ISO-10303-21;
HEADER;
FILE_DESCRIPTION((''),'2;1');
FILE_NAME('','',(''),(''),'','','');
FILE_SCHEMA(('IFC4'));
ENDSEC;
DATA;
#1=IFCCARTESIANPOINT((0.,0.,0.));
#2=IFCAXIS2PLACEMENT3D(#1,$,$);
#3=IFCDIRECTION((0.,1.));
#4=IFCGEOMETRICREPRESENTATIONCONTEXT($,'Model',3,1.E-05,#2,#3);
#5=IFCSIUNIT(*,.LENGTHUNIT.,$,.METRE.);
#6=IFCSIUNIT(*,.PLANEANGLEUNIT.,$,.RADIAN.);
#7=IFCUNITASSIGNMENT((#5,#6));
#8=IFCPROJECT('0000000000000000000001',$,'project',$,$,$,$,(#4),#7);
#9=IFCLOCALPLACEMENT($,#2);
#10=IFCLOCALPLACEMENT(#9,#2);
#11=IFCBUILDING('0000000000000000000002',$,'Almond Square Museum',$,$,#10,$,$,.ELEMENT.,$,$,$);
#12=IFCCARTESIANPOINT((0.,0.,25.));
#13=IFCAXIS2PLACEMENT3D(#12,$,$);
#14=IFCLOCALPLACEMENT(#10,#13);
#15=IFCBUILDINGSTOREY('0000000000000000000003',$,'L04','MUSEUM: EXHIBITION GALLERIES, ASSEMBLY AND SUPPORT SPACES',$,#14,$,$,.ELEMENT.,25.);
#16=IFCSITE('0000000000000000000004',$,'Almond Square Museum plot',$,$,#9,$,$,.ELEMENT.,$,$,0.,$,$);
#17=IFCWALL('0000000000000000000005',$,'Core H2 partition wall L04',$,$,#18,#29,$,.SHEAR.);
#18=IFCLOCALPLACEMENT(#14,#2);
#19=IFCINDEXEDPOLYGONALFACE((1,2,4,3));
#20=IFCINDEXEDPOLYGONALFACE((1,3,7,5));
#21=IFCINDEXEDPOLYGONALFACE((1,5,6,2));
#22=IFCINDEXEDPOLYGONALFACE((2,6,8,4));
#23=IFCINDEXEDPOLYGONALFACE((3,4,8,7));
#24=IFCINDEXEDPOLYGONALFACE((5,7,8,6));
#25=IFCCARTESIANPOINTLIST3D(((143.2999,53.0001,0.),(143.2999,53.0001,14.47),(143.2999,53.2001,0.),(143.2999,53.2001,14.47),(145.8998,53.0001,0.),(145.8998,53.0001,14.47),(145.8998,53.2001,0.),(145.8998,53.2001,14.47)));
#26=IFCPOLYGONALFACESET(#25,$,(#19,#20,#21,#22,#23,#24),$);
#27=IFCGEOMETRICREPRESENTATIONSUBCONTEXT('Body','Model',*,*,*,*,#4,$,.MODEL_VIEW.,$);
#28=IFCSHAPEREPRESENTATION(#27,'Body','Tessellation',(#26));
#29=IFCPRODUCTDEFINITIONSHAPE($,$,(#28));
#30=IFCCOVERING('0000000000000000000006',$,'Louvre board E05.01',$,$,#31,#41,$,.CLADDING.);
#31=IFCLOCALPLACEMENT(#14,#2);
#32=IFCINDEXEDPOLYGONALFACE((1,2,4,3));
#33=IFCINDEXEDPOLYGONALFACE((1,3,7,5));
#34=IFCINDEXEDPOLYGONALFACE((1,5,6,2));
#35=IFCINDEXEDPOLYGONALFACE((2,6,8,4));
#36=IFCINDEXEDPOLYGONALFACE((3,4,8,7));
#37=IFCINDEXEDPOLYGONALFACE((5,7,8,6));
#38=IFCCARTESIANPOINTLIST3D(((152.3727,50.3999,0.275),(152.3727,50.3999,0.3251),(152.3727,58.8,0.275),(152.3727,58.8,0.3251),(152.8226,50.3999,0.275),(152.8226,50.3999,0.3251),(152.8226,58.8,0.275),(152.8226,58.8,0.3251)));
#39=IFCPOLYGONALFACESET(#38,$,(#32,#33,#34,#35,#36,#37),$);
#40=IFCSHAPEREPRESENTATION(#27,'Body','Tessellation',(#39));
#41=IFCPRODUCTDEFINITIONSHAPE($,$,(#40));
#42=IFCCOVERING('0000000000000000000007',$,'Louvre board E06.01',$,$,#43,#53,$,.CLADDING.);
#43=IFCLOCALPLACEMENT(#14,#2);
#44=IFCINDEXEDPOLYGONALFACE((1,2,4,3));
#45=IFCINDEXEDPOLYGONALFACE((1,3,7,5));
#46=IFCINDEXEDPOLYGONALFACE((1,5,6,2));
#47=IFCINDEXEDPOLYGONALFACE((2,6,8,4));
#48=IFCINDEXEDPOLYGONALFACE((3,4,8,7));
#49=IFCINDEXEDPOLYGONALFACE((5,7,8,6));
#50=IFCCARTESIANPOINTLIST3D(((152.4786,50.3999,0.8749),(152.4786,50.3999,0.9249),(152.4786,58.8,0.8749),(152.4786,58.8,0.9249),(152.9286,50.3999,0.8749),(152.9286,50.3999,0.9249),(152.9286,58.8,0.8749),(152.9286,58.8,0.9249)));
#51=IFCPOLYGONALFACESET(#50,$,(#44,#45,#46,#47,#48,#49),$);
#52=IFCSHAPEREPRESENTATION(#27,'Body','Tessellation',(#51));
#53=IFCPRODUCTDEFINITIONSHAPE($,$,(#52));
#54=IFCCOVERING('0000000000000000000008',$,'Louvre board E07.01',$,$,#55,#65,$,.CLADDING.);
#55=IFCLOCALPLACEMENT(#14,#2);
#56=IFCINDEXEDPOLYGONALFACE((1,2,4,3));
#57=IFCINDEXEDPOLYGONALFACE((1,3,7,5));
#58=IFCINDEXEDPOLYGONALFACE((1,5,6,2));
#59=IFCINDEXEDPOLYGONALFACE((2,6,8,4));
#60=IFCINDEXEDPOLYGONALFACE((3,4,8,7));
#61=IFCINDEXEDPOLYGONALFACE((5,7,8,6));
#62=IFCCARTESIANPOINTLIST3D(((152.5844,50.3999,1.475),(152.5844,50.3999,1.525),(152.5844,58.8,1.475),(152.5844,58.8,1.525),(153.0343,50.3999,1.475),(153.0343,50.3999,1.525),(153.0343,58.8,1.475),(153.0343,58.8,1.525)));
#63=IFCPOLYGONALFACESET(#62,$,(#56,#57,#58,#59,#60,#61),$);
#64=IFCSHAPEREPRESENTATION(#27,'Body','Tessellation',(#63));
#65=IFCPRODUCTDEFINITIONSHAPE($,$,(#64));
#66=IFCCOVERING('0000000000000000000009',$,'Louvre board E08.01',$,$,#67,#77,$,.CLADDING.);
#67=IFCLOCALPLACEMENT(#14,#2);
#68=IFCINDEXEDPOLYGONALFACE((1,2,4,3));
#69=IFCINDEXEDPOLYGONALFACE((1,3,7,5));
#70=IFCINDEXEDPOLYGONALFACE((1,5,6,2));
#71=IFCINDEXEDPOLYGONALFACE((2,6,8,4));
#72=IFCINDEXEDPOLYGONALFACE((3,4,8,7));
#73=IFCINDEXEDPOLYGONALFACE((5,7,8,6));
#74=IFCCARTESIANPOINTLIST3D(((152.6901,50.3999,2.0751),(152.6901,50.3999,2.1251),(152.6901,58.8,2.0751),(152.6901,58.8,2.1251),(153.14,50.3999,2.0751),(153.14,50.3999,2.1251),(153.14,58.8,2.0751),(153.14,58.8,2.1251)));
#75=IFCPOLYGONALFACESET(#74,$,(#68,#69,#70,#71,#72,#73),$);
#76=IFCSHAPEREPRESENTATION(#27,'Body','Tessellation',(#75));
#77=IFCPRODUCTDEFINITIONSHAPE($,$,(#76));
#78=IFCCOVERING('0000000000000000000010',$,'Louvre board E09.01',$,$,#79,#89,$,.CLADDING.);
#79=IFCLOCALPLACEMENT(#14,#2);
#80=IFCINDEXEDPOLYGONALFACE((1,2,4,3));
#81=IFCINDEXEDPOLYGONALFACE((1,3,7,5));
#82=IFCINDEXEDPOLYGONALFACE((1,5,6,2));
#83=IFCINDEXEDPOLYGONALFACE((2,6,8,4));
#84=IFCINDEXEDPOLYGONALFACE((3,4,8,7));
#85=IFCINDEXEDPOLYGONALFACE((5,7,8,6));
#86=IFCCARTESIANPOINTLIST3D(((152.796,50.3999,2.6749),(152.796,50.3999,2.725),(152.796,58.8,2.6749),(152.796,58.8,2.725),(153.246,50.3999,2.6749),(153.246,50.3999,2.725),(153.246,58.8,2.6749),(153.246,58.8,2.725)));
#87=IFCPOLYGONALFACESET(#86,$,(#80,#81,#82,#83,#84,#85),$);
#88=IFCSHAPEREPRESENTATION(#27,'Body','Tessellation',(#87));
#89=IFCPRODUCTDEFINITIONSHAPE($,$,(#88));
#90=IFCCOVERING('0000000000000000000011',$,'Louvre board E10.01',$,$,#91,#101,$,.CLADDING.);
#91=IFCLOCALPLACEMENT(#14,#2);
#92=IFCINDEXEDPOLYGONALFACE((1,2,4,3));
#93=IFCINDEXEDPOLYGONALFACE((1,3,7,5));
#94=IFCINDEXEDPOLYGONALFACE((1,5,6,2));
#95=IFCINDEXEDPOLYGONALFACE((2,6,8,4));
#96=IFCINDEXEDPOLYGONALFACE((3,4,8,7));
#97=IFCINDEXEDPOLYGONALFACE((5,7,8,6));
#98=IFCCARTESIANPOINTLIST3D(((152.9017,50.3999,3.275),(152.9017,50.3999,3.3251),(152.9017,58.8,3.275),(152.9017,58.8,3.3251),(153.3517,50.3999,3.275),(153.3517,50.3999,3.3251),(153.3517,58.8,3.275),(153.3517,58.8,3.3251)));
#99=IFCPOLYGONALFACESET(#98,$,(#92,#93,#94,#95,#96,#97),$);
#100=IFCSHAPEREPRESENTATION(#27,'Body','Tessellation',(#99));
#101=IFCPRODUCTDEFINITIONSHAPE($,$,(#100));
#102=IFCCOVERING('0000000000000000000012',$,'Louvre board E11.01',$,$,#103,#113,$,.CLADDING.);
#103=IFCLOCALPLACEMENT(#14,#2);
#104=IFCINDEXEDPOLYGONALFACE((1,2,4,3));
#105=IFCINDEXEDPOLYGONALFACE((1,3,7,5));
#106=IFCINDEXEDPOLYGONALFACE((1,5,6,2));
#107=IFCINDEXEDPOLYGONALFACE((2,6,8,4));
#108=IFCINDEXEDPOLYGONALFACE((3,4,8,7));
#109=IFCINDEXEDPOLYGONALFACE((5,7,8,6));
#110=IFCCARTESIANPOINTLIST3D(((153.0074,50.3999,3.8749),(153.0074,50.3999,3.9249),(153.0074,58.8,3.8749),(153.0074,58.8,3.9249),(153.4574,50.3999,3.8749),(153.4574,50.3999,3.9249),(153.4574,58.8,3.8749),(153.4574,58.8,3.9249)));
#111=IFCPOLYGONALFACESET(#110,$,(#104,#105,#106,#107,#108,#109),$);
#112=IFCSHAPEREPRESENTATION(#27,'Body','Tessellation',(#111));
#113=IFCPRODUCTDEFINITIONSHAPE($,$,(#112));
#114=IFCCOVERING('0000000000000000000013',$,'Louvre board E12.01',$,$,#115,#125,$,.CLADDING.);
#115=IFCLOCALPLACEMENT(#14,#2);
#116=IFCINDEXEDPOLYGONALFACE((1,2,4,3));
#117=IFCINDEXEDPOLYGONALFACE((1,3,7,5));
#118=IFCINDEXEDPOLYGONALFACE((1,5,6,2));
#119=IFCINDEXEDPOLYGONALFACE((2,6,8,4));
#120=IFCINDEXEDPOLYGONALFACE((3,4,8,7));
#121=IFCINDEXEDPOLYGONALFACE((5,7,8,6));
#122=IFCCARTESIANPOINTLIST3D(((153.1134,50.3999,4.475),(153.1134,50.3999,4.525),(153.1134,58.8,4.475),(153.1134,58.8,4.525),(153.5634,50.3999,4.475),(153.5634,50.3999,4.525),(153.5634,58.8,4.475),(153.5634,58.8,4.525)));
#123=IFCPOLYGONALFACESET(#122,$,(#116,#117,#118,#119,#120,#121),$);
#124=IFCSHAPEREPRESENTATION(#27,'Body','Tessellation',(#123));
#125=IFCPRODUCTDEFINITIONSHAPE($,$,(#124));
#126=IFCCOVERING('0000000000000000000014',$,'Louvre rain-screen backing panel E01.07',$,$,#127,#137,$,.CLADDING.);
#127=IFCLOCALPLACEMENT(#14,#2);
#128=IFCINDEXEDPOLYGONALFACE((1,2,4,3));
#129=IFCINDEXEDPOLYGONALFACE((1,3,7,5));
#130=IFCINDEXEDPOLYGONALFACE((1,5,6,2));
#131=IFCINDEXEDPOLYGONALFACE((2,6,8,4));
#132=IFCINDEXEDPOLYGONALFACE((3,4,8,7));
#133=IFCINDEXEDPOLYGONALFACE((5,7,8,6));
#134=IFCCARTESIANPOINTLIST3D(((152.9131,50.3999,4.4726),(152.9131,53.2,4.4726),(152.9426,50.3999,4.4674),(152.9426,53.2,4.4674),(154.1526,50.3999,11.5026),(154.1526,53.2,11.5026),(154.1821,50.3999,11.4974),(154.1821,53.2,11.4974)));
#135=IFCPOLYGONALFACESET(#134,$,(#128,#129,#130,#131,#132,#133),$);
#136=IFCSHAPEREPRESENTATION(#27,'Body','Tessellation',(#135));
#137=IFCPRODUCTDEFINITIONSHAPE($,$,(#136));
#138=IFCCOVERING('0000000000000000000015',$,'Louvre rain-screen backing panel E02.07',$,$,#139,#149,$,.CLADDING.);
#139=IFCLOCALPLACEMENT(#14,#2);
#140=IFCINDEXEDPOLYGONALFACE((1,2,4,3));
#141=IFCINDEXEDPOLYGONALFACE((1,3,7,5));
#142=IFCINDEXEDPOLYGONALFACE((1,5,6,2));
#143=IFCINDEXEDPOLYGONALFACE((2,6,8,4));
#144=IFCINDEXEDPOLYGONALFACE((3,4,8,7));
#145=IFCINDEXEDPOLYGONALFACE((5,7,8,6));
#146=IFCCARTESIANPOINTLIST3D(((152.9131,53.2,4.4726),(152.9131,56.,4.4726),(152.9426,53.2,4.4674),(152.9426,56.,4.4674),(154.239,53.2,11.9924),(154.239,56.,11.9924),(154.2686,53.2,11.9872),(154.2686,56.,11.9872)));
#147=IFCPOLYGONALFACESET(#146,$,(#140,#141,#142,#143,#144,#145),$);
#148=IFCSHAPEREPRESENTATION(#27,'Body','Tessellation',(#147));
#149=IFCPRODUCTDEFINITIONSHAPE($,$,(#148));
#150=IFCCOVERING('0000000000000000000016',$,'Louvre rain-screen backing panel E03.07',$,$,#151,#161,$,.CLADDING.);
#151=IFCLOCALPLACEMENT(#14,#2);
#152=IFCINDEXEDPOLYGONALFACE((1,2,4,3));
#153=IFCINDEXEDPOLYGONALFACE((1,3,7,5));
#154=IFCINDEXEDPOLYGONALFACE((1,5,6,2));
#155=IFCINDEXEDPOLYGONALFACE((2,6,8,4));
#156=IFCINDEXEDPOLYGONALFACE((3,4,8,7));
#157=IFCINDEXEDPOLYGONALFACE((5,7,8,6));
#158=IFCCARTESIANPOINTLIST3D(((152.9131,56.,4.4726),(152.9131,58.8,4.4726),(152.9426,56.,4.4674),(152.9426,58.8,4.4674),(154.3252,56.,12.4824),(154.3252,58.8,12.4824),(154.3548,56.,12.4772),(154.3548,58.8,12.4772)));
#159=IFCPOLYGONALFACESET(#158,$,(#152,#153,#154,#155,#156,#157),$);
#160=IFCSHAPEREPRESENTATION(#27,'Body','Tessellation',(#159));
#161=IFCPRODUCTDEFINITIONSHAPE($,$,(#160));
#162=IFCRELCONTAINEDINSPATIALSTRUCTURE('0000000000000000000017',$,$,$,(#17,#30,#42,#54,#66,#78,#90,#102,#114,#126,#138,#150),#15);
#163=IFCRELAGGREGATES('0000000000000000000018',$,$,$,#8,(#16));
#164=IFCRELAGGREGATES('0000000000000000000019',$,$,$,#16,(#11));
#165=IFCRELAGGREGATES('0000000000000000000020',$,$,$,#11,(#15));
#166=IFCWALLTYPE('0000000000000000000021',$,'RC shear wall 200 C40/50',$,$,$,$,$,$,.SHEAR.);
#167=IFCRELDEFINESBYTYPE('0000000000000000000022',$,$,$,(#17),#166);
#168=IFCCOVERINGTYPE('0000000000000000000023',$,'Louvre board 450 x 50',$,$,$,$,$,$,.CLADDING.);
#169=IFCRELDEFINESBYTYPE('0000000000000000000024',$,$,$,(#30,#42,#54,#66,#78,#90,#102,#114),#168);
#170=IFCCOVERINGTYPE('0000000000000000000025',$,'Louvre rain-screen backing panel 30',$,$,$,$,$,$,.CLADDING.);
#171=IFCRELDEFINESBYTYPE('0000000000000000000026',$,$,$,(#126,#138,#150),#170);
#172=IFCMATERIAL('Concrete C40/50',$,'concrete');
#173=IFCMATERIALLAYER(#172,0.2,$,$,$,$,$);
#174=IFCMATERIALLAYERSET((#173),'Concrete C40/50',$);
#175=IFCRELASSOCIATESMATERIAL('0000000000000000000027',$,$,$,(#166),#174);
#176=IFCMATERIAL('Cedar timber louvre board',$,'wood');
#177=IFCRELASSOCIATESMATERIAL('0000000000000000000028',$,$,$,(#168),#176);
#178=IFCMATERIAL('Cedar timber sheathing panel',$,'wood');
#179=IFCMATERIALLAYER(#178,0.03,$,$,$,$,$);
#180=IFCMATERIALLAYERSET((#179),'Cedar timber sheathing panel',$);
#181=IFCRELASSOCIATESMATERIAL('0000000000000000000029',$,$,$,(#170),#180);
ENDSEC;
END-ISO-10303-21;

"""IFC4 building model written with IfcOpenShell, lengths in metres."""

from ifc_helpers import new_model, si_unit, direction, frame, frame_2d, origin, origin_2d, place, context, subcontext, project, spatial, polyline, rectangle, outline, extrude, material, layer, layer_set, material_profile, profile_set, type_object, element, save


model = new_model("IFC4")

# Units and contexts
model_context = context("Model", 3, precision=1e-05, world=origin(), true_north=direction((0.0, 1.0)))
body_context = subcontext(model_context, "Body", "Model", "MODEL_VIEW")
ifc_project = project(units=[si_unit("LENGTHUNIT", "METRE"), si_unit("PLANEANGLEUNIT", "RADIAN")], contexts=[model_context])

# Site, building, storey
site_placement = place(None, origin())
site = spatial("IfcSite", under=ifc_project, at=site_placement, Name="Almond Square Museum plot", CompositionType="ELEMENT", RefElevation=0.0)
building_placement = place(site_placement, origin())
building = spatial("IfcBuilding", under=site, at=building_placement, Name="Almond Square Museum", CompositionType="ELEMENT")
storey_placement = place(building_placement, frame((0.0, 0.0, 25.0)))
storey = spatial("IfcBuildingStorey", under=building, at=storey_placement, Name="L04", Description="MUSEUM: EXHIBITION GALLERIES, ASSEMBLY AND SUPPORT SPACES", CompositionType="ELEMENT", Elevation=25.0)

# Shared definitions
ifc_material_1 = material(Name="Concrete C40/50", Category="concrete")
ifc_layer_1 = layer(ifc_material_1, 0.2)
ifc_layer_set_1 = layer_set([ifc_layer_1], Name="Concrete C40/50")
wall_type_1 = type_object("IfcWallType", Name="RC shear wall 200 C40/50", PredefinedType="SHEAR", material=ifc_layer_set_1)

# Wall
wall_1_placement = place(storey_placement, frame((143.3, 53.1001, 0.0), z_axis=(0.0, 0.0, 1.0), x_axis=(1.0, 0.0, 0.0)))
element("IfcWall", 1, at=wall_1_placement, inside=storey, type_object=wall_type_1, Name="Core H2 partition wall L04", PredefinedType="SHEAR", context=body_context, shape_type="SweptSolid", body=[
    extrude(rectangle(XDim=2.5999, YDim=0.2, at=frame_2d((1.2998, 0.0))), origin(), (0.0, 0.0, 1.0), 14.47),
])

# Coverings
ifc_material_2 = material(Name="Cedar timber louvre board", Category="wood")
ifc_material_profile_1 = material_profile(ifc_material_2, rectangle(XDim=0.45, YDim=0.05, at=origin_2d()))
ifc_profile_set_1 = profile_set([ifc_material_profile_1], Name="Cedar timber louvre board")
covering_type_1 = type_object("IfcCoveringType", Name="Louvre board 450 x 50", PredefinedType="CLADDING", material=ifc_profile_set_1)
for number, where, z_axis, x_axis, name in (
    (2, (152.5977, 50.3999, 0.3), (0.0, 1.0, 0.0), (-1.0, 0.0, 0.0), "Louvre board E05.01"),
    (3, (152.7036, 50.3999, 0.8999), (0.0, 1.0, 0.0), (-1.0, 0.0, 0.0), "Louvre board E06.01"),
    (4, (152.8093, 50.3999, 1.5), (0.0, 1.0, 0.0), (-1.0, 0.0, 0.0), "Louvre board E07.01"),
    (5, (152.915, 50.3999, 2.1001), (0.0, 1.0, 0.0), (-1.0, 0.0, 0.0), "Louvre board E08.01"),
    (6, (153.021, 50.3999, 2.7), (0.0, 1.0, 0.0), (-1.0, 0.0, 0.0), "Louvre board E09.01"),
    (7, (153.1267, 50.3999, 3.3), (0.0, 1.0, 0.0), (-1.0, 0.0, 0.0), "Louvre board E10.01"),
    (8, (153.2324, 50.3999, 3.8999), (0.0, 1.0, 0.0), (-1.0, 0.0, 0.0), "Louvre board E11.01"),
    (9, (153.3384, 50.3999, 4.5), (0.0, 1.0, 0.0), (-1.0, 0.0, 0.0), "Louvre board E12.01"),
):
    element("IfcCovering", number, at=place(storey_placement, frame(where, z_axis=z_axis, x_axis=x_axis)), inside=storey, type_object=covering_type_1, Name=name, PredefinedType="CLADDING", context=body_context, shape_type="SweptSolid", body=[
        extrude(rectangle(XDim=0.45, YDim=0.05, at=origin_2d()), origin(), (0.0, 0.0, 1.0), 8.4001),
    ])
ifc_material_3 = material(Name="Cedar timber sheathing panel", Category="wood")
ifc_layer_2 = layer(ifc_material_3, 0.03)
ifc_layer_set_2 = layer_set([ifc_layer_2], Name="Cedar timber sheathing panel")
covering_type_2 = type_object("IfcCoveringType", Name="Louvre rain-screen backing panel 30", PredefinedType="CLADDING", material=ifc_layer_set_2)
covering_1_placement = place(storey_placement, frame((152.928, 50.3999, 4.47), z_axis=(0.98481, 0.0, -0.173637), x_axis=(0.0, 1.0, 0.0)))
element("IfcCovering", 10, at=covering_1_placement, inside=storey, type_object=covering_type_2, Name="Louvre rain-screen backing panel E01.07", PredefinedType="CLADDING", context=body_context, shape_type="SweptSolid", body=[
    extrude(outline(polyline([(0.0, 0.0), (2.8, 0.0), (2.8, 7.1385), (0.0, 7.1385), (0.0, 0.0)])), frame((0.0, 0.0, -0.0151)), (0.0, 0.0, 1.0), 0.03),
])
covering_2_placement = place(storey_placement, frame((152.928, 53.2, 4.47), z_axis=(0.984808, 0.0, -0.173647), x_axis=(0.0, 1.0, 0.0)))
element("IfcCovering", 11, at=covering_2_placement, inside=storey, type_object=covering_type_2, Name="Louvre rain-screen backing panel E02.07", PredefinedType="CLADDING", context=body_context, shape_type="SweptSolid", body=[
    extrude(outline(polyline([(0.0, 0.0), (2.8, 0.0), (2.8, 7.6358), (0.0, 7.6358), (0.0, 0.0)])), frame((0.0, 0.0, -0.0151)), (0.0, 0.0, 1.0), 0.03),
])
covering_3_placement = place(storey_placement, frame((152.928, 56.0, 4.47), z_axis=(0.984813, 0.0, -0.173621), x_axis=(0.0, 1.0, 0.0)))
element("IfcCovering", 12, at=covering_3_placement, inside=storey, type_object=covering_type_2, Name="Louvre rain-screen backing panel E03.07", PredefinedType="CLADDING", context=body_context, shape_type="SweptSolid", body=[
    extrude(outline(polyline([(0.0, 0.0), (2.8, 0.0), (2.8, 8.1333), (0.0, 8.1333), (0.0, 0.0)])), frame((0.0, 0.0, -0.0151)), (0.0, 0.0, 1.0), 0.03),
])

save(model, "model.ifc")
